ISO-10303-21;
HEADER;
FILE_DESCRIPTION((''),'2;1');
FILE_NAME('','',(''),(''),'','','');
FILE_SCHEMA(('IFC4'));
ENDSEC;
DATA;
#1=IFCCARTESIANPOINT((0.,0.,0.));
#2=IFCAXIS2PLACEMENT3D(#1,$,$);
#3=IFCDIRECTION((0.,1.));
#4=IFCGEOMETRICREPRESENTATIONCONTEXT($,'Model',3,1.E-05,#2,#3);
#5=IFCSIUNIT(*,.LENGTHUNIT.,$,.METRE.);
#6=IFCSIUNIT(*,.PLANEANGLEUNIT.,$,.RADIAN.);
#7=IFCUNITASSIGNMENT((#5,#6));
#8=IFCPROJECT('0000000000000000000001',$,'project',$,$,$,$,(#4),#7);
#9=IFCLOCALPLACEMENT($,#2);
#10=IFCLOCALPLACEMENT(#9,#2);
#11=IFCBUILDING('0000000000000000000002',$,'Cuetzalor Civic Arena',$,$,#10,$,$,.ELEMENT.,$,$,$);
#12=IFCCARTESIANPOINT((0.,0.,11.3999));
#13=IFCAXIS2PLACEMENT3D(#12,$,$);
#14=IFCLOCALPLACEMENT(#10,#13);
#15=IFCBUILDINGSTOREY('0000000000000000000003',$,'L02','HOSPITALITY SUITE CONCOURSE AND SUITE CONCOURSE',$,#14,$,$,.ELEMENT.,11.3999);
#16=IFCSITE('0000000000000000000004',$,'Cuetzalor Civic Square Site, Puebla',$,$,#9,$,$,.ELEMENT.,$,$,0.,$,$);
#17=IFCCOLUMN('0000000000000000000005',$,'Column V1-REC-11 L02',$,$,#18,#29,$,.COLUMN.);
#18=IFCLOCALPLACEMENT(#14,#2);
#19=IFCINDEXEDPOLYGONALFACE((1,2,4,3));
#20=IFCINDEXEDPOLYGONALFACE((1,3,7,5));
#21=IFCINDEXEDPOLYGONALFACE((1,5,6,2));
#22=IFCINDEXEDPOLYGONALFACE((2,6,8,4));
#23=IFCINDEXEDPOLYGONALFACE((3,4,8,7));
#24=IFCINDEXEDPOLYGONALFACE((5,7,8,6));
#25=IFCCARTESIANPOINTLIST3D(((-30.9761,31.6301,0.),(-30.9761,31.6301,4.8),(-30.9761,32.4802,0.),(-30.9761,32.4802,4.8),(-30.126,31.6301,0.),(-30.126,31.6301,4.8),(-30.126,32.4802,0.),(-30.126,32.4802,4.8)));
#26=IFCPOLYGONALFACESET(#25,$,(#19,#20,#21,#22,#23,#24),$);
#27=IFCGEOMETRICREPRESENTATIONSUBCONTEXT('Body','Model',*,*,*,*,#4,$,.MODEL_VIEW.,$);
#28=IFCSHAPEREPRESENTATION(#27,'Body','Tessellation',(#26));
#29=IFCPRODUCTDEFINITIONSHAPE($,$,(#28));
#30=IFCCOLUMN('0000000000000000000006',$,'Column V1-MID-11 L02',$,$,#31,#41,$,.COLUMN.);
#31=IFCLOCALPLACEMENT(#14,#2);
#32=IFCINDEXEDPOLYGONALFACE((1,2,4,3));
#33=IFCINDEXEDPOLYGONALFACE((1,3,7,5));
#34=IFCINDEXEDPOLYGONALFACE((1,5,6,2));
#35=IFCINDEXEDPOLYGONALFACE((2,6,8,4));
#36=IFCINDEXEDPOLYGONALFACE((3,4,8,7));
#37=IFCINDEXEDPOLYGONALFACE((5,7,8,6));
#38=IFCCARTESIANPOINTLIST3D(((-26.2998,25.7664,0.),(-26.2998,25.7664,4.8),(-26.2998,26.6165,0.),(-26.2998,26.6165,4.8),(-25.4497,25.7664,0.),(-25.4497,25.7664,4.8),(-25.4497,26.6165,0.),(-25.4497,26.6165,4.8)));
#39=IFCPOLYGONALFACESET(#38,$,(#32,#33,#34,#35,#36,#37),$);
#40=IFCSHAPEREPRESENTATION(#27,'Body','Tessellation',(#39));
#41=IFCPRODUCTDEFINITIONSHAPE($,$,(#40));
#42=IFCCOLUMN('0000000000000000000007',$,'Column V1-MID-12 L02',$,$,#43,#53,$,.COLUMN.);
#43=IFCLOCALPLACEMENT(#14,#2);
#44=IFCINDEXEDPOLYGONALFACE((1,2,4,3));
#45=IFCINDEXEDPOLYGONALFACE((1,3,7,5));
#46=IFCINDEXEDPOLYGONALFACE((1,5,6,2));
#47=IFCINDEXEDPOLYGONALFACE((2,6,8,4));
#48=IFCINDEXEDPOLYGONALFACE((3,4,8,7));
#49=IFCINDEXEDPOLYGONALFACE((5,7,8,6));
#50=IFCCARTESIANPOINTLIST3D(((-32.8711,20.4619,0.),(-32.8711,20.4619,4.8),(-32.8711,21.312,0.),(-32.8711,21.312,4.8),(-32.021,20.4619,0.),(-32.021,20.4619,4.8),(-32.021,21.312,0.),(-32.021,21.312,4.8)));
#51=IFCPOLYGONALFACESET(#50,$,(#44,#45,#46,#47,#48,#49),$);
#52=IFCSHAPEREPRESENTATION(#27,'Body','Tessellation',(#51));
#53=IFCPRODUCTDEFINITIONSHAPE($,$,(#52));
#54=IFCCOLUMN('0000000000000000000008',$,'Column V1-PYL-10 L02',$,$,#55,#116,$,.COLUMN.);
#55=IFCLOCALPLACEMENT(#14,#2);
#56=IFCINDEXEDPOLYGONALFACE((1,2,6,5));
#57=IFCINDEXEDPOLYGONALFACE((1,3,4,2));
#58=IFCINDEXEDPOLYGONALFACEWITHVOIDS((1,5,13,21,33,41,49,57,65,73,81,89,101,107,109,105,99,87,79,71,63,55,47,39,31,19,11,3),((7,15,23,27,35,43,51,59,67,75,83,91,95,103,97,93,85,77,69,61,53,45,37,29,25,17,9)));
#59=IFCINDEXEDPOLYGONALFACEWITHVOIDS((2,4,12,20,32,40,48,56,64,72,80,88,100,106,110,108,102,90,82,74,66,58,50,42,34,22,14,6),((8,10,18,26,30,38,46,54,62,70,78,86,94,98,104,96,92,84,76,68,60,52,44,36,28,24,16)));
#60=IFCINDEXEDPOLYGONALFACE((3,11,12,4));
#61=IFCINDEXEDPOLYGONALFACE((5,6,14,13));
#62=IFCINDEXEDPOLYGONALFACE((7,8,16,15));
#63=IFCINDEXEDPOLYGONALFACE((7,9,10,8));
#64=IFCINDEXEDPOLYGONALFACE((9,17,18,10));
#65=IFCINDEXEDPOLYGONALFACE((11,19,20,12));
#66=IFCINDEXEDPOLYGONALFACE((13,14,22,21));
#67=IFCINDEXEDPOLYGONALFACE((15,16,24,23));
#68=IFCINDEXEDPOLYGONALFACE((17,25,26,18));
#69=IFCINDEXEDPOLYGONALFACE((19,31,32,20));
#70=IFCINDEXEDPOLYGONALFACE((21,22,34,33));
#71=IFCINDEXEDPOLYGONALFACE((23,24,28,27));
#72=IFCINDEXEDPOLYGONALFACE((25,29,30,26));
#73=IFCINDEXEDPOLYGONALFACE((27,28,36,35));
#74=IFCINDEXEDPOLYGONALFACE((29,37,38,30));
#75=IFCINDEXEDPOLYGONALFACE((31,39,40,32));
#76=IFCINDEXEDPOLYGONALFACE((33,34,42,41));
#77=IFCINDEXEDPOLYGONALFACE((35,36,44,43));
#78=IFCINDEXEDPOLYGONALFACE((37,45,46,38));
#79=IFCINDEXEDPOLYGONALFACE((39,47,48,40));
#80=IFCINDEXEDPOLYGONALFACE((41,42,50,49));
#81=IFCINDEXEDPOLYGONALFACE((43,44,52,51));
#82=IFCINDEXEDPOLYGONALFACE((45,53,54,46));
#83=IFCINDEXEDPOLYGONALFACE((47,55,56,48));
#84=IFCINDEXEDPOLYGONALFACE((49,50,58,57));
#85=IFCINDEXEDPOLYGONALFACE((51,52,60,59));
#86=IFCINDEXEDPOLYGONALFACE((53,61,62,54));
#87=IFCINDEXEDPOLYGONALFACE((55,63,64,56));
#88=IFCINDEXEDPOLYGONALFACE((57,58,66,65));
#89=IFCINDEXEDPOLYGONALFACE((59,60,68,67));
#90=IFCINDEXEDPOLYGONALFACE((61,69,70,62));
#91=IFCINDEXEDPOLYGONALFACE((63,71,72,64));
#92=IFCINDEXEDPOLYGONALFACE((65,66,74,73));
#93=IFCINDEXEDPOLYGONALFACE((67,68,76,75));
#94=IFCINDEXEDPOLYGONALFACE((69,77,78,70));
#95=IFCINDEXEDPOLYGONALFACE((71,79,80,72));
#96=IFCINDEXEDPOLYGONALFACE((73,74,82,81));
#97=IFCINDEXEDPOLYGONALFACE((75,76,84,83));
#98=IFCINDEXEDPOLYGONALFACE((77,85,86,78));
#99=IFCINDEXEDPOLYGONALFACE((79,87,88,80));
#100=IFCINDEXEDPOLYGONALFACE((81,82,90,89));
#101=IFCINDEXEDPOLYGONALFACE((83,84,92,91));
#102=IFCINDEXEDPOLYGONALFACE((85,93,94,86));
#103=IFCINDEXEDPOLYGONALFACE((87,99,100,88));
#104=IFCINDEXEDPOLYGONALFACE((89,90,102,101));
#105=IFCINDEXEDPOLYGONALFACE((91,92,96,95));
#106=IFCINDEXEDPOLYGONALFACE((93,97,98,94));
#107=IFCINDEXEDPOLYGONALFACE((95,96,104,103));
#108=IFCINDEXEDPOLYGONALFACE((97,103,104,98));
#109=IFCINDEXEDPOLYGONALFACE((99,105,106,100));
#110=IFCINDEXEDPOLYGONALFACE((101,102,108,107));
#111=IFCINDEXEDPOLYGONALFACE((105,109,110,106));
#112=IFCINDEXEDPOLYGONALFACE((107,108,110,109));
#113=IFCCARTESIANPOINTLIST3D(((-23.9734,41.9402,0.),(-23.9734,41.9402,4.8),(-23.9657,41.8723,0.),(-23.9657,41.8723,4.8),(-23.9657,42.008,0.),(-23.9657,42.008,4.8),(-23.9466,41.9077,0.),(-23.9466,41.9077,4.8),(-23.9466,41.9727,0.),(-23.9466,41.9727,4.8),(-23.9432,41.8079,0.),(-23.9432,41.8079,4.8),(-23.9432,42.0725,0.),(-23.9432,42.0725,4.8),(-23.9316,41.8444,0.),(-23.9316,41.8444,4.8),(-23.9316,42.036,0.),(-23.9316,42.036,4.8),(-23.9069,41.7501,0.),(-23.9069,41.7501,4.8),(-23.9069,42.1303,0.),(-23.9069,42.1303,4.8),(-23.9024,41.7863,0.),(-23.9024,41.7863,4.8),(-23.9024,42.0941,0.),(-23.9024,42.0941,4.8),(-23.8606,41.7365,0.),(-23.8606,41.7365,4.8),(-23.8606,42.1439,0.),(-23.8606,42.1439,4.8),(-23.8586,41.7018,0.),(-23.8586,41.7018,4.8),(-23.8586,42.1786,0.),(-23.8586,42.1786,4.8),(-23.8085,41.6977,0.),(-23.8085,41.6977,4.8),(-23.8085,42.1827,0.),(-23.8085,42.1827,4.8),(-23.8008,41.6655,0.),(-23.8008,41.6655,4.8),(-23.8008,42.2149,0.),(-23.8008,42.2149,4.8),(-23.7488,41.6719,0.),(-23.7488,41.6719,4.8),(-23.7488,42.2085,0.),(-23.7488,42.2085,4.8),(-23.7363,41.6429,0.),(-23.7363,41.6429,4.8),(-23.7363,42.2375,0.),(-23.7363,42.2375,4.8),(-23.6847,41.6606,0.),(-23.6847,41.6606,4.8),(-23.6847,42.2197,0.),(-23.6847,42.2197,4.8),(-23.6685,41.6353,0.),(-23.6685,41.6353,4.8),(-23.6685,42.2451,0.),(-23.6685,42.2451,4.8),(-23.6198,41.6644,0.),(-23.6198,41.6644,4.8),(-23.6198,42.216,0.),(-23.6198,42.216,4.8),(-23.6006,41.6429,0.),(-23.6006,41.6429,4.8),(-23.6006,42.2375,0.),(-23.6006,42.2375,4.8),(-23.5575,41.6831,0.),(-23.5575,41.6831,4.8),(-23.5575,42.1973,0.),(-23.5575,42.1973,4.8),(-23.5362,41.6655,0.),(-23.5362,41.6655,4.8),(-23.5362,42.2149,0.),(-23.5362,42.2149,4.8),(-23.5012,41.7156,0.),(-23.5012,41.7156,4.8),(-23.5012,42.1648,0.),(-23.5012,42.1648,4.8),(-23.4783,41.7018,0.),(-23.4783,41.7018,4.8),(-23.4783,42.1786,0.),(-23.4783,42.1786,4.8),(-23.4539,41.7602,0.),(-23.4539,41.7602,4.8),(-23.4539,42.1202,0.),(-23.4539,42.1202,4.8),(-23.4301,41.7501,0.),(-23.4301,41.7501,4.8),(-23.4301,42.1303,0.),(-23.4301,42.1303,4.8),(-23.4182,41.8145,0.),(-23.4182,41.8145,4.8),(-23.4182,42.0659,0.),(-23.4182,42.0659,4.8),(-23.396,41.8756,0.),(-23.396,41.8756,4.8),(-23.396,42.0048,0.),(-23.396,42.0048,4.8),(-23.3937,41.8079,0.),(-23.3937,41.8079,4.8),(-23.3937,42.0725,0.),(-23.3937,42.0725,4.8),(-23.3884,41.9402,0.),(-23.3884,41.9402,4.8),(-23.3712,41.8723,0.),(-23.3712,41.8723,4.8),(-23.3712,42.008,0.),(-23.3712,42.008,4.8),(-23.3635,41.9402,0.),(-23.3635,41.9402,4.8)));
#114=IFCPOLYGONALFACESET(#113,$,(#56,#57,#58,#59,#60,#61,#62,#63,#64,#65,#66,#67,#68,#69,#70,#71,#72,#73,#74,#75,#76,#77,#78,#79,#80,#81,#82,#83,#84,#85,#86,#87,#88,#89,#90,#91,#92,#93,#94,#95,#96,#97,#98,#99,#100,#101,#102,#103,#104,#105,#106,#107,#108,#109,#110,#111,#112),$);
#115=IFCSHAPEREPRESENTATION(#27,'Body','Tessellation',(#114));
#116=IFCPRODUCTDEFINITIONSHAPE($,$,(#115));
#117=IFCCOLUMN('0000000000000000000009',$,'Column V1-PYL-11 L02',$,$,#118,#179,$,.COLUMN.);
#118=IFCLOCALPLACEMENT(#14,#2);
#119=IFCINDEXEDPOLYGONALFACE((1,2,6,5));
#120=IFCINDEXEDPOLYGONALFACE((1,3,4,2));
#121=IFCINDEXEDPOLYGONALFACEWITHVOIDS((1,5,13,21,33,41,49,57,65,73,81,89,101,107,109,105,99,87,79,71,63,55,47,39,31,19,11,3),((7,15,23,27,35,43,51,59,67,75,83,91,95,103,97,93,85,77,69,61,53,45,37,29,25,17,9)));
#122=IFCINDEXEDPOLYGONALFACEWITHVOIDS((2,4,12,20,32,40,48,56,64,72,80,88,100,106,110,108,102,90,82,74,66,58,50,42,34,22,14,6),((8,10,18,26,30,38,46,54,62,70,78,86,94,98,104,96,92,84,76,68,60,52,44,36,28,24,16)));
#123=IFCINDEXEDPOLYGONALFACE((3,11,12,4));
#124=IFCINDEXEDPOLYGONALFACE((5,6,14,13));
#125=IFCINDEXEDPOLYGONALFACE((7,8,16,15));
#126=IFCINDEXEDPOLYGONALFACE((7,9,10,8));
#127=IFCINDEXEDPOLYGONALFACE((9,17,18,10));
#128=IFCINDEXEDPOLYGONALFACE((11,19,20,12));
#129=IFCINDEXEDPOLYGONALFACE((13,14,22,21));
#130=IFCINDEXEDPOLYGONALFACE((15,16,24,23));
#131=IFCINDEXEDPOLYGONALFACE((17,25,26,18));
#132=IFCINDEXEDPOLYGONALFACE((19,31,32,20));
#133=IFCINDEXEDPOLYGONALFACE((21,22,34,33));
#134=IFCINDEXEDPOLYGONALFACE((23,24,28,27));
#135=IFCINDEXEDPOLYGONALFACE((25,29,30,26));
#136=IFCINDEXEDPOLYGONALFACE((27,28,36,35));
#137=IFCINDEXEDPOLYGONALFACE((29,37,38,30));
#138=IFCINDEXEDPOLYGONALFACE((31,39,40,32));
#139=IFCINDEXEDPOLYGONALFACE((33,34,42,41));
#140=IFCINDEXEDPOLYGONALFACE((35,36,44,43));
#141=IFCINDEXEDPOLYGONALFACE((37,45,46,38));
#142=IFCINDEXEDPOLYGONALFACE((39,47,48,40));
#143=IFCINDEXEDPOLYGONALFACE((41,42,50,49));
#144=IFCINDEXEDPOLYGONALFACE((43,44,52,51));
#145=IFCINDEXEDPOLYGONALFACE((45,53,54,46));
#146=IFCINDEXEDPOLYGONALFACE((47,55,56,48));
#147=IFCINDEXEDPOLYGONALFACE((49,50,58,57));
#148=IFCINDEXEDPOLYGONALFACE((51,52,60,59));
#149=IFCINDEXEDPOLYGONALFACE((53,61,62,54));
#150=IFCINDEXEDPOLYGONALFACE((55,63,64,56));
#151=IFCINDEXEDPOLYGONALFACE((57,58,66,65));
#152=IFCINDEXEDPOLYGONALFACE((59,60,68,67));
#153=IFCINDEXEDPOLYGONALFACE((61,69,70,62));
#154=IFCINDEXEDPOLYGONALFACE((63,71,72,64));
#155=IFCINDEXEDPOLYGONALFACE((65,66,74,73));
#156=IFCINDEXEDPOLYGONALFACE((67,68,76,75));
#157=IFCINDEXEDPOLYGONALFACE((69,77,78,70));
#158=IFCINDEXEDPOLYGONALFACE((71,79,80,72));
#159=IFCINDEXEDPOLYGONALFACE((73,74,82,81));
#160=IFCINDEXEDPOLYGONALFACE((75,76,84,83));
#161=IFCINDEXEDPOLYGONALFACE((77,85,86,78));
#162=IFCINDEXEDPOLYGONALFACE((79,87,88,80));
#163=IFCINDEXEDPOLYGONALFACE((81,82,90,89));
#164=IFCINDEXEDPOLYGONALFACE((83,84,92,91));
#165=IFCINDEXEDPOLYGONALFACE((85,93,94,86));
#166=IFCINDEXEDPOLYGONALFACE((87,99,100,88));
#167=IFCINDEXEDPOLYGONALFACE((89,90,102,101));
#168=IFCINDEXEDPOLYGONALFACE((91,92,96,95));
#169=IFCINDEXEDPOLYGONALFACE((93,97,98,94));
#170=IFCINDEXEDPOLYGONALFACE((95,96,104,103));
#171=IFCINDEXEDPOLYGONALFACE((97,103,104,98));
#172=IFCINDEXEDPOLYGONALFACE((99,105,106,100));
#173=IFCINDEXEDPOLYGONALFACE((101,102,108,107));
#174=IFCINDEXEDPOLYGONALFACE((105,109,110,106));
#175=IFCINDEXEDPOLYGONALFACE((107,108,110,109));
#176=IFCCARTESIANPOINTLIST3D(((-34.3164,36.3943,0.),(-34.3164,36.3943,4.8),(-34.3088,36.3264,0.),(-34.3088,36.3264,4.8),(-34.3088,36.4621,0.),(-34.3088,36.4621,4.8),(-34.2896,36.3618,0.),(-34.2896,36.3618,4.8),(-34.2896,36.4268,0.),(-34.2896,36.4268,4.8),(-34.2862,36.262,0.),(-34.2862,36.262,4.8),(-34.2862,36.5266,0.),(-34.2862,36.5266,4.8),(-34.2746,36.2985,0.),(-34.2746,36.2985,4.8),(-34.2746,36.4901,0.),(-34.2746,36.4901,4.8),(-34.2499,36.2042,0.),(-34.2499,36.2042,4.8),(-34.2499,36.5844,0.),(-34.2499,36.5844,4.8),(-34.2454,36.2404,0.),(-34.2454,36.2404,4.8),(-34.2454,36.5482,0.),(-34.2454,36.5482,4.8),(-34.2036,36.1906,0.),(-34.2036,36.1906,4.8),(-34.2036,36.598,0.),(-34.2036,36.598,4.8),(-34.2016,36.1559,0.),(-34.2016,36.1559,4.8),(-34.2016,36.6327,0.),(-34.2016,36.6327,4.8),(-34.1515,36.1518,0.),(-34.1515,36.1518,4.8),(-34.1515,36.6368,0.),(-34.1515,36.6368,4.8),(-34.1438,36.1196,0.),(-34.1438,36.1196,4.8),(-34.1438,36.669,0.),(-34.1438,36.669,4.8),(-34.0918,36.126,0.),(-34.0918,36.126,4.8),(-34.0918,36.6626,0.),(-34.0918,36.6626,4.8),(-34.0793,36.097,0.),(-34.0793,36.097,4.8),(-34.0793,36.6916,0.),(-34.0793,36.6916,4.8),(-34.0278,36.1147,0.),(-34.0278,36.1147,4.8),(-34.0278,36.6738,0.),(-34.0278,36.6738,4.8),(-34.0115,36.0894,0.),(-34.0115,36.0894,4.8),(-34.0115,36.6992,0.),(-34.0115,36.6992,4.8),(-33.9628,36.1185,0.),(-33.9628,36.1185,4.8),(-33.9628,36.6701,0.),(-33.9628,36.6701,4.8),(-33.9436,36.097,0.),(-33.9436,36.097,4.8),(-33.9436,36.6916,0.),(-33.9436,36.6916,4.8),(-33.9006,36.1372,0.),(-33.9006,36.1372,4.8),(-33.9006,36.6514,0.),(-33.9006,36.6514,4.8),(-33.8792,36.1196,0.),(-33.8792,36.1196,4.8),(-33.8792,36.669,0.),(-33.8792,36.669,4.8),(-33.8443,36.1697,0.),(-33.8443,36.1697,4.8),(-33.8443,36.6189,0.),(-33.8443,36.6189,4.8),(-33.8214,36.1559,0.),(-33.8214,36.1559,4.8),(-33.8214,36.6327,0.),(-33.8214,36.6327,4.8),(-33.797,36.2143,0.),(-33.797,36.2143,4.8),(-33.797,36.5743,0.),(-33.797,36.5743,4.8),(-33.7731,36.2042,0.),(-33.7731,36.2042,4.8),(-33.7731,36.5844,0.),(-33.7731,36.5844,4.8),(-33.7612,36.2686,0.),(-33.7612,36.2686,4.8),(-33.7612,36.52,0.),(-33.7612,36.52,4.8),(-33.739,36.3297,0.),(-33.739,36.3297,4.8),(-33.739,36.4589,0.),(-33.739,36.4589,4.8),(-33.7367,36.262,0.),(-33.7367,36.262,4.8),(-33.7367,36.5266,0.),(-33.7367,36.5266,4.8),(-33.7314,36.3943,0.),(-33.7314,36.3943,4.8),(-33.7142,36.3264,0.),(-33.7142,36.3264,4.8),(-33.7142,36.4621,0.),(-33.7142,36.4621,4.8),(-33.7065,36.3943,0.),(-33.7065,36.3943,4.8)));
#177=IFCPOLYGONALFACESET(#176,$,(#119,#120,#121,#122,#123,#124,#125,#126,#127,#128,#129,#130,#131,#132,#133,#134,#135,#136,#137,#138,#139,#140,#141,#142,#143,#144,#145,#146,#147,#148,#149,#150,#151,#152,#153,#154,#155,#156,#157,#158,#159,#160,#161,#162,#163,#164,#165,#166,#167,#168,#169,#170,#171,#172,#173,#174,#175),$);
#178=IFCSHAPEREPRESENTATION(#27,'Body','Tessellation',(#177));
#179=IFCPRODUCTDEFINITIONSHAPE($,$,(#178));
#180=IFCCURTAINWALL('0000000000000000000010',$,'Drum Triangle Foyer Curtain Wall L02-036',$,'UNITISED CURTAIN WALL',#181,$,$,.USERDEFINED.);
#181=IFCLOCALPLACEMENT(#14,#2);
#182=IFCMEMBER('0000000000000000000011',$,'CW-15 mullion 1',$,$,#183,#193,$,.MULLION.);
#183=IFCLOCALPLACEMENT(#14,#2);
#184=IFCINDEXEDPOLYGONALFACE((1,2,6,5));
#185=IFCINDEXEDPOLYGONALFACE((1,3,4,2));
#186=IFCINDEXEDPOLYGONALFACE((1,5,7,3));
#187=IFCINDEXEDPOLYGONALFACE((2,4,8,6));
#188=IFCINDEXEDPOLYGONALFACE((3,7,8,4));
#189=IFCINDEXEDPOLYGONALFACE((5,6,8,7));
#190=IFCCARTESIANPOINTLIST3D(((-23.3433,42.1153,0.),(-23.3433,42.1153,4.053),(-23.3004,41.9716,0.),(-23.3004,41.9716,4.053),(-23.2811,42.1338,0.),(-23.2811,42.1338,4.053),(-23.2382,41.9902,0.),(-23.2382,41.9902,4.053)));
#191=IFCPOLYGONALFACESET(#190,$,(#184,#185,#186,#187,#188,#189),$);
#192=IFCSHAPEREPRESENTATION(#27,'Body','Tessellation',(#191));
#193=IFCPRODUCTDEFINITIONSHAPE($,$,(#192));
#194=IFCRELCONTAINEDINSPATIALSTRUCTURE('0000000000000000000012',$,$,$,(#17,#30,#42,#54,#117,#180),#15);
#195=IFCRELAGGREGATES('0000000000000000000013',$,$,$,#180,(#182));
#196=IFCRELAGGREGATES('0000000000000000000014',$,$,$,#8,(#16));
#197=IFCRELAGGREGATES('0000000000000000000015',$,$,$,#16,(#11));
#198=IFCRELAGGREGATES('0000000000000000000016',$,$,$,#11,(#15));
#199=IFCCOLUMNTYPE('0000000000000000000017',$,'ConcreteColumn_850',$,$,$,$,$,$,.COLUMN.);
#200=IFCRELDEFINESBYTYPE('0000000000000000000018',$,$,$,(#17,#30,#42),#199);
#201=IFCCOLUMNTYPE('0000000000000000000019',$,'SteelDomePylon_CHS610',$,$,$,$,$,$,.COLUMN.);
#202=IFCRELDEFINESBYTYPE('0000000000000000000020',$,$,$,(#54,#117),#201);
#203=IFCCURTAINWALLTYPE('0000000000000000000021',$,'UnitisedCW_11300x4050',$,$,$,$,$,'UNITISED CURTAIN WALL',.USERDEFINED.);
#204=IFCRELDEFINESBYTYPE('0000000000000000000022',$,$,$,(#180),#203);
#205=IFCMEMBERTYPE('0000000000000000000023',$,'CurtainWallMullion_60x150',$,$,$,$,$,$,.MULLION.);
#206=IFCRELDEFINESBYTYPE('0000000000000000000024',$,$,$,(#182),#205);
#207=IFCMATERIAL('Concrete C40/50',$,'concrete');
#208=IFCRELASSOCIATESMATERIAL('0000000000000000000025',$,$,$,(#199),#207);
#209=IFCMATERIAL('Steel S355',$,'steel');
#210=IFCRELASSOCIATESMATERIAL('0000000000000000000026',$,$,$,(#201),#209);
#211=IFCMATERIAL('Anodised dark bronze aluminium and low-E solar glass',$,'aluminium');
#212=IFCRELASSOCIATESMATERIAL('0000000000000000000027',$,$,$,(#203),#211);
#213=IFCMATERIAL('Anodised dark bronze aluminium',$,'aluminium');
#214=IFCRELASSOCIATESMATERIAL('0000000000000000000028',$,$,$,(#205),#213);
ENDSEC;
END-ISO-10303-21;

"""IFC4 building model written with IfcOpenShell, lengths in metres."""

from ifc_helpers import new_model, si_unit, direction, frame, origin, origin_2d, place, context, subcontext, project, spatial, rectangle, hollow_circle, extrude, material, material_profile, profile_set, type_object, element, aggregate, save


model = new_model("IFC4")

# Units and contexts
model_context = context("Model", 3, precision=1e-05, world=origin(), true_north=direction((0.0, 1.0)))
body_context = subcontext(model_context, "Body", "Model", "MODEL_VIEW")
ifc_project = project(units=[si_unit("LENGTHUNIT", "METRE"), si_unit("PLANEANGLEUNIT", "RADIAN")], contexts=[model_context])

# Site, building, storey
site_placement = place(None, origin())
site = spatial("IfcSite", under=ifc_project, at=site_placement, Name="Cuetzalor Civic Square Site, Puebla", CompositionType="ELEMENT", RefElevation=0.0)
building_placement = place(site_placement, origin())
building = spatial("IfcBuilding", under=site, at=building_placement, Name="Cuetzalor Civic Arena", CompositionType="ELEMENT")
storey_placement = place(building_placement, frame((0.0, 0.0, 11.3999)))
storey = spatial("IfcBuildingStorey", under=building, at=storey_placement, Name="L02", Description="HOSPITALITY SUITE CONCOURSE AND SUITE CONCOURSE", CompositionType="ELEMENT", Elevation=11.3999)

# Columns
ifc_material_1 = material(Name="Concrete C40/50", Category="concrete")
ifc_material_profile_1 = material_profile(ifc_material_1, rectangle(XDim=0.8501, YDim=0.8501, at=origin_2d()), Name="RC 850x850")
ifc_profile_set_1 = profile_set([ifc_material_profile_1], Name="Concrete C40/50")
column_type_1 = type_object("IfcColumnType", Name="ConcreteColumn_850", PredefinedType="COLUMN", material=ifc_profile_set_1)
for number, where, z_axis, x_axis, name in (
    (1, (-30.551, 32.0552, 0.0), (0.0, 0.0, 1.0), (1.0, 0.0, 0.0), "Column V1-REC-11 L02"),
    (2, (-25.8748, 26.1914, 0.0), (0.0, 0.0, 1.0), (1.0, 0.0, 0.0), "Column V1-MID-11 L02"),
    (3, (-32.446, 20.887, 0.0), (0.0, 0.0, 1.0), (1.0, 0.0, 0.0), "Column V1-MID-12 L02"),
):
    element("IfcColumn", number, at=place(storey_placement, frame(where, z_axis=z_axis, x_axis=x_axis)), inside=storey, type_object=column_type_1, Name=name, PredefinedType="COLUMN", context=body_context, shape_type="SweptSolid", body=[
        extrude(rectangle(XDim=0.8501, YDim=0.8501, at=origin_2d()), origin(), (0.0, 0.0, 1.0), 4.8),
    ])
ifc_material_2 = material(Name="Steel S355", Category="steel")
ifc_material_profile_2 = material_profile(ifc_material_2, hollow_circle(Radius=0.3049, WallThickness=0.0249, at=origin_2d()), Name="CHS 610x25")
ifc_profile_set_2 = profile_set([ifc_material_profile_2], Name="Steel S355")
column_type_2 = type_object("IfcColumnType", Name="SteelDomePylon_CHS610", PredefinedType="COLUMN", material=ifc_profile_set_2)
for number, where, z_axis, x_axis, name in (
    (4, (-23.6685, 41.9402, 0.0), (0.0, 0.0, 1.0), (1.0, 0.0, 0.0), "Column V1-PYL-10 L02"),
    (5, (-34.0115, 36.3943, 0.0), (0.0, 0.0, 1.0), (1.0, 0.0, 0.0), "Column V1-PYL-11 L02"),
):
    element("IfcColumn", number, at=place(storey_placement, frame(where, z_axis=z_axis, x_axis=x_axis)), inside=storey, type_object=column_type_2, Name=name, PredefinedType="COLUMN", context=body_context, shape_type="SweptSolid", body=[
        extrude(hollow_circle(Radius=0.3049, WallThickness=0.0249, at=origin_2d()), origin(), (0.0, 0.0, 1.0), 4.8),
    ])

# Curtain wall, member
ifc_material_3 = material(Name="Anodised dark bronze aluminium and low-E solar glass", Category="aluminium")
curtain_wall_type = type_object("IfcCurtainWallType", Name="UnitisedCW_11300x4050", ElementType="UNITISED CURTAIN WALL", PredefinedType="USERDEFINED", material=ifc_material_3)
curtain_wall_placement = place(storey_placement, origin())
curtain_wall = element("IfcCurtainWall", 6, at=curtain_wall_placement, inside=storey, type_object=curtain_wall_type, Name="Drum Triangle Foyer Curtain Wall L02-036", ObjectType="UNITISED CURTAIN WALL", PredefinedType="USERDEFINED")
ifc_material_4 = material(Name="Anodised dark bronze aluminium", Category="aluminium")
ifc_material_profile_3 = material_profile(ifc_material_4, rectangle(XDim=0.0649, YDim=0.1499, at=origin_2d()), Name="ALU MULLION 65x150")
ifc_profile_set_3 = profile_set([ifc_material_profile_3], Name="Anodised dark bronze aluminium")
member_type_1 = type_object("IfcMemberType", Name="CurtainWallMullion_60x150", PredefinedType="MULLION", material=ifc_profile_set_3)
member_1_placement = place(storey_placement, frame((-23.2908, 42.0527, 0.0), z_axis=(0.0, 0.0, 1.0), x_axis=(0.958194, 0.28612, 0.0)))
member_1 = element("IfcMember", 7, at=member_1_placement, type_object=member_type_1, Name="CW-15 mullion 1", PredefinedType="MULLION", context=body_context, shape_type="SweptSolid", body=[
    extrude(rectangle(XDim=0.0649, YDim=0.1499, at=origin_2d()), origin(), (0.0, 0.0, 1.0), 4.053),
])
aggregate(curtain_wall, [member_1])

save(model, "model.ifc")
